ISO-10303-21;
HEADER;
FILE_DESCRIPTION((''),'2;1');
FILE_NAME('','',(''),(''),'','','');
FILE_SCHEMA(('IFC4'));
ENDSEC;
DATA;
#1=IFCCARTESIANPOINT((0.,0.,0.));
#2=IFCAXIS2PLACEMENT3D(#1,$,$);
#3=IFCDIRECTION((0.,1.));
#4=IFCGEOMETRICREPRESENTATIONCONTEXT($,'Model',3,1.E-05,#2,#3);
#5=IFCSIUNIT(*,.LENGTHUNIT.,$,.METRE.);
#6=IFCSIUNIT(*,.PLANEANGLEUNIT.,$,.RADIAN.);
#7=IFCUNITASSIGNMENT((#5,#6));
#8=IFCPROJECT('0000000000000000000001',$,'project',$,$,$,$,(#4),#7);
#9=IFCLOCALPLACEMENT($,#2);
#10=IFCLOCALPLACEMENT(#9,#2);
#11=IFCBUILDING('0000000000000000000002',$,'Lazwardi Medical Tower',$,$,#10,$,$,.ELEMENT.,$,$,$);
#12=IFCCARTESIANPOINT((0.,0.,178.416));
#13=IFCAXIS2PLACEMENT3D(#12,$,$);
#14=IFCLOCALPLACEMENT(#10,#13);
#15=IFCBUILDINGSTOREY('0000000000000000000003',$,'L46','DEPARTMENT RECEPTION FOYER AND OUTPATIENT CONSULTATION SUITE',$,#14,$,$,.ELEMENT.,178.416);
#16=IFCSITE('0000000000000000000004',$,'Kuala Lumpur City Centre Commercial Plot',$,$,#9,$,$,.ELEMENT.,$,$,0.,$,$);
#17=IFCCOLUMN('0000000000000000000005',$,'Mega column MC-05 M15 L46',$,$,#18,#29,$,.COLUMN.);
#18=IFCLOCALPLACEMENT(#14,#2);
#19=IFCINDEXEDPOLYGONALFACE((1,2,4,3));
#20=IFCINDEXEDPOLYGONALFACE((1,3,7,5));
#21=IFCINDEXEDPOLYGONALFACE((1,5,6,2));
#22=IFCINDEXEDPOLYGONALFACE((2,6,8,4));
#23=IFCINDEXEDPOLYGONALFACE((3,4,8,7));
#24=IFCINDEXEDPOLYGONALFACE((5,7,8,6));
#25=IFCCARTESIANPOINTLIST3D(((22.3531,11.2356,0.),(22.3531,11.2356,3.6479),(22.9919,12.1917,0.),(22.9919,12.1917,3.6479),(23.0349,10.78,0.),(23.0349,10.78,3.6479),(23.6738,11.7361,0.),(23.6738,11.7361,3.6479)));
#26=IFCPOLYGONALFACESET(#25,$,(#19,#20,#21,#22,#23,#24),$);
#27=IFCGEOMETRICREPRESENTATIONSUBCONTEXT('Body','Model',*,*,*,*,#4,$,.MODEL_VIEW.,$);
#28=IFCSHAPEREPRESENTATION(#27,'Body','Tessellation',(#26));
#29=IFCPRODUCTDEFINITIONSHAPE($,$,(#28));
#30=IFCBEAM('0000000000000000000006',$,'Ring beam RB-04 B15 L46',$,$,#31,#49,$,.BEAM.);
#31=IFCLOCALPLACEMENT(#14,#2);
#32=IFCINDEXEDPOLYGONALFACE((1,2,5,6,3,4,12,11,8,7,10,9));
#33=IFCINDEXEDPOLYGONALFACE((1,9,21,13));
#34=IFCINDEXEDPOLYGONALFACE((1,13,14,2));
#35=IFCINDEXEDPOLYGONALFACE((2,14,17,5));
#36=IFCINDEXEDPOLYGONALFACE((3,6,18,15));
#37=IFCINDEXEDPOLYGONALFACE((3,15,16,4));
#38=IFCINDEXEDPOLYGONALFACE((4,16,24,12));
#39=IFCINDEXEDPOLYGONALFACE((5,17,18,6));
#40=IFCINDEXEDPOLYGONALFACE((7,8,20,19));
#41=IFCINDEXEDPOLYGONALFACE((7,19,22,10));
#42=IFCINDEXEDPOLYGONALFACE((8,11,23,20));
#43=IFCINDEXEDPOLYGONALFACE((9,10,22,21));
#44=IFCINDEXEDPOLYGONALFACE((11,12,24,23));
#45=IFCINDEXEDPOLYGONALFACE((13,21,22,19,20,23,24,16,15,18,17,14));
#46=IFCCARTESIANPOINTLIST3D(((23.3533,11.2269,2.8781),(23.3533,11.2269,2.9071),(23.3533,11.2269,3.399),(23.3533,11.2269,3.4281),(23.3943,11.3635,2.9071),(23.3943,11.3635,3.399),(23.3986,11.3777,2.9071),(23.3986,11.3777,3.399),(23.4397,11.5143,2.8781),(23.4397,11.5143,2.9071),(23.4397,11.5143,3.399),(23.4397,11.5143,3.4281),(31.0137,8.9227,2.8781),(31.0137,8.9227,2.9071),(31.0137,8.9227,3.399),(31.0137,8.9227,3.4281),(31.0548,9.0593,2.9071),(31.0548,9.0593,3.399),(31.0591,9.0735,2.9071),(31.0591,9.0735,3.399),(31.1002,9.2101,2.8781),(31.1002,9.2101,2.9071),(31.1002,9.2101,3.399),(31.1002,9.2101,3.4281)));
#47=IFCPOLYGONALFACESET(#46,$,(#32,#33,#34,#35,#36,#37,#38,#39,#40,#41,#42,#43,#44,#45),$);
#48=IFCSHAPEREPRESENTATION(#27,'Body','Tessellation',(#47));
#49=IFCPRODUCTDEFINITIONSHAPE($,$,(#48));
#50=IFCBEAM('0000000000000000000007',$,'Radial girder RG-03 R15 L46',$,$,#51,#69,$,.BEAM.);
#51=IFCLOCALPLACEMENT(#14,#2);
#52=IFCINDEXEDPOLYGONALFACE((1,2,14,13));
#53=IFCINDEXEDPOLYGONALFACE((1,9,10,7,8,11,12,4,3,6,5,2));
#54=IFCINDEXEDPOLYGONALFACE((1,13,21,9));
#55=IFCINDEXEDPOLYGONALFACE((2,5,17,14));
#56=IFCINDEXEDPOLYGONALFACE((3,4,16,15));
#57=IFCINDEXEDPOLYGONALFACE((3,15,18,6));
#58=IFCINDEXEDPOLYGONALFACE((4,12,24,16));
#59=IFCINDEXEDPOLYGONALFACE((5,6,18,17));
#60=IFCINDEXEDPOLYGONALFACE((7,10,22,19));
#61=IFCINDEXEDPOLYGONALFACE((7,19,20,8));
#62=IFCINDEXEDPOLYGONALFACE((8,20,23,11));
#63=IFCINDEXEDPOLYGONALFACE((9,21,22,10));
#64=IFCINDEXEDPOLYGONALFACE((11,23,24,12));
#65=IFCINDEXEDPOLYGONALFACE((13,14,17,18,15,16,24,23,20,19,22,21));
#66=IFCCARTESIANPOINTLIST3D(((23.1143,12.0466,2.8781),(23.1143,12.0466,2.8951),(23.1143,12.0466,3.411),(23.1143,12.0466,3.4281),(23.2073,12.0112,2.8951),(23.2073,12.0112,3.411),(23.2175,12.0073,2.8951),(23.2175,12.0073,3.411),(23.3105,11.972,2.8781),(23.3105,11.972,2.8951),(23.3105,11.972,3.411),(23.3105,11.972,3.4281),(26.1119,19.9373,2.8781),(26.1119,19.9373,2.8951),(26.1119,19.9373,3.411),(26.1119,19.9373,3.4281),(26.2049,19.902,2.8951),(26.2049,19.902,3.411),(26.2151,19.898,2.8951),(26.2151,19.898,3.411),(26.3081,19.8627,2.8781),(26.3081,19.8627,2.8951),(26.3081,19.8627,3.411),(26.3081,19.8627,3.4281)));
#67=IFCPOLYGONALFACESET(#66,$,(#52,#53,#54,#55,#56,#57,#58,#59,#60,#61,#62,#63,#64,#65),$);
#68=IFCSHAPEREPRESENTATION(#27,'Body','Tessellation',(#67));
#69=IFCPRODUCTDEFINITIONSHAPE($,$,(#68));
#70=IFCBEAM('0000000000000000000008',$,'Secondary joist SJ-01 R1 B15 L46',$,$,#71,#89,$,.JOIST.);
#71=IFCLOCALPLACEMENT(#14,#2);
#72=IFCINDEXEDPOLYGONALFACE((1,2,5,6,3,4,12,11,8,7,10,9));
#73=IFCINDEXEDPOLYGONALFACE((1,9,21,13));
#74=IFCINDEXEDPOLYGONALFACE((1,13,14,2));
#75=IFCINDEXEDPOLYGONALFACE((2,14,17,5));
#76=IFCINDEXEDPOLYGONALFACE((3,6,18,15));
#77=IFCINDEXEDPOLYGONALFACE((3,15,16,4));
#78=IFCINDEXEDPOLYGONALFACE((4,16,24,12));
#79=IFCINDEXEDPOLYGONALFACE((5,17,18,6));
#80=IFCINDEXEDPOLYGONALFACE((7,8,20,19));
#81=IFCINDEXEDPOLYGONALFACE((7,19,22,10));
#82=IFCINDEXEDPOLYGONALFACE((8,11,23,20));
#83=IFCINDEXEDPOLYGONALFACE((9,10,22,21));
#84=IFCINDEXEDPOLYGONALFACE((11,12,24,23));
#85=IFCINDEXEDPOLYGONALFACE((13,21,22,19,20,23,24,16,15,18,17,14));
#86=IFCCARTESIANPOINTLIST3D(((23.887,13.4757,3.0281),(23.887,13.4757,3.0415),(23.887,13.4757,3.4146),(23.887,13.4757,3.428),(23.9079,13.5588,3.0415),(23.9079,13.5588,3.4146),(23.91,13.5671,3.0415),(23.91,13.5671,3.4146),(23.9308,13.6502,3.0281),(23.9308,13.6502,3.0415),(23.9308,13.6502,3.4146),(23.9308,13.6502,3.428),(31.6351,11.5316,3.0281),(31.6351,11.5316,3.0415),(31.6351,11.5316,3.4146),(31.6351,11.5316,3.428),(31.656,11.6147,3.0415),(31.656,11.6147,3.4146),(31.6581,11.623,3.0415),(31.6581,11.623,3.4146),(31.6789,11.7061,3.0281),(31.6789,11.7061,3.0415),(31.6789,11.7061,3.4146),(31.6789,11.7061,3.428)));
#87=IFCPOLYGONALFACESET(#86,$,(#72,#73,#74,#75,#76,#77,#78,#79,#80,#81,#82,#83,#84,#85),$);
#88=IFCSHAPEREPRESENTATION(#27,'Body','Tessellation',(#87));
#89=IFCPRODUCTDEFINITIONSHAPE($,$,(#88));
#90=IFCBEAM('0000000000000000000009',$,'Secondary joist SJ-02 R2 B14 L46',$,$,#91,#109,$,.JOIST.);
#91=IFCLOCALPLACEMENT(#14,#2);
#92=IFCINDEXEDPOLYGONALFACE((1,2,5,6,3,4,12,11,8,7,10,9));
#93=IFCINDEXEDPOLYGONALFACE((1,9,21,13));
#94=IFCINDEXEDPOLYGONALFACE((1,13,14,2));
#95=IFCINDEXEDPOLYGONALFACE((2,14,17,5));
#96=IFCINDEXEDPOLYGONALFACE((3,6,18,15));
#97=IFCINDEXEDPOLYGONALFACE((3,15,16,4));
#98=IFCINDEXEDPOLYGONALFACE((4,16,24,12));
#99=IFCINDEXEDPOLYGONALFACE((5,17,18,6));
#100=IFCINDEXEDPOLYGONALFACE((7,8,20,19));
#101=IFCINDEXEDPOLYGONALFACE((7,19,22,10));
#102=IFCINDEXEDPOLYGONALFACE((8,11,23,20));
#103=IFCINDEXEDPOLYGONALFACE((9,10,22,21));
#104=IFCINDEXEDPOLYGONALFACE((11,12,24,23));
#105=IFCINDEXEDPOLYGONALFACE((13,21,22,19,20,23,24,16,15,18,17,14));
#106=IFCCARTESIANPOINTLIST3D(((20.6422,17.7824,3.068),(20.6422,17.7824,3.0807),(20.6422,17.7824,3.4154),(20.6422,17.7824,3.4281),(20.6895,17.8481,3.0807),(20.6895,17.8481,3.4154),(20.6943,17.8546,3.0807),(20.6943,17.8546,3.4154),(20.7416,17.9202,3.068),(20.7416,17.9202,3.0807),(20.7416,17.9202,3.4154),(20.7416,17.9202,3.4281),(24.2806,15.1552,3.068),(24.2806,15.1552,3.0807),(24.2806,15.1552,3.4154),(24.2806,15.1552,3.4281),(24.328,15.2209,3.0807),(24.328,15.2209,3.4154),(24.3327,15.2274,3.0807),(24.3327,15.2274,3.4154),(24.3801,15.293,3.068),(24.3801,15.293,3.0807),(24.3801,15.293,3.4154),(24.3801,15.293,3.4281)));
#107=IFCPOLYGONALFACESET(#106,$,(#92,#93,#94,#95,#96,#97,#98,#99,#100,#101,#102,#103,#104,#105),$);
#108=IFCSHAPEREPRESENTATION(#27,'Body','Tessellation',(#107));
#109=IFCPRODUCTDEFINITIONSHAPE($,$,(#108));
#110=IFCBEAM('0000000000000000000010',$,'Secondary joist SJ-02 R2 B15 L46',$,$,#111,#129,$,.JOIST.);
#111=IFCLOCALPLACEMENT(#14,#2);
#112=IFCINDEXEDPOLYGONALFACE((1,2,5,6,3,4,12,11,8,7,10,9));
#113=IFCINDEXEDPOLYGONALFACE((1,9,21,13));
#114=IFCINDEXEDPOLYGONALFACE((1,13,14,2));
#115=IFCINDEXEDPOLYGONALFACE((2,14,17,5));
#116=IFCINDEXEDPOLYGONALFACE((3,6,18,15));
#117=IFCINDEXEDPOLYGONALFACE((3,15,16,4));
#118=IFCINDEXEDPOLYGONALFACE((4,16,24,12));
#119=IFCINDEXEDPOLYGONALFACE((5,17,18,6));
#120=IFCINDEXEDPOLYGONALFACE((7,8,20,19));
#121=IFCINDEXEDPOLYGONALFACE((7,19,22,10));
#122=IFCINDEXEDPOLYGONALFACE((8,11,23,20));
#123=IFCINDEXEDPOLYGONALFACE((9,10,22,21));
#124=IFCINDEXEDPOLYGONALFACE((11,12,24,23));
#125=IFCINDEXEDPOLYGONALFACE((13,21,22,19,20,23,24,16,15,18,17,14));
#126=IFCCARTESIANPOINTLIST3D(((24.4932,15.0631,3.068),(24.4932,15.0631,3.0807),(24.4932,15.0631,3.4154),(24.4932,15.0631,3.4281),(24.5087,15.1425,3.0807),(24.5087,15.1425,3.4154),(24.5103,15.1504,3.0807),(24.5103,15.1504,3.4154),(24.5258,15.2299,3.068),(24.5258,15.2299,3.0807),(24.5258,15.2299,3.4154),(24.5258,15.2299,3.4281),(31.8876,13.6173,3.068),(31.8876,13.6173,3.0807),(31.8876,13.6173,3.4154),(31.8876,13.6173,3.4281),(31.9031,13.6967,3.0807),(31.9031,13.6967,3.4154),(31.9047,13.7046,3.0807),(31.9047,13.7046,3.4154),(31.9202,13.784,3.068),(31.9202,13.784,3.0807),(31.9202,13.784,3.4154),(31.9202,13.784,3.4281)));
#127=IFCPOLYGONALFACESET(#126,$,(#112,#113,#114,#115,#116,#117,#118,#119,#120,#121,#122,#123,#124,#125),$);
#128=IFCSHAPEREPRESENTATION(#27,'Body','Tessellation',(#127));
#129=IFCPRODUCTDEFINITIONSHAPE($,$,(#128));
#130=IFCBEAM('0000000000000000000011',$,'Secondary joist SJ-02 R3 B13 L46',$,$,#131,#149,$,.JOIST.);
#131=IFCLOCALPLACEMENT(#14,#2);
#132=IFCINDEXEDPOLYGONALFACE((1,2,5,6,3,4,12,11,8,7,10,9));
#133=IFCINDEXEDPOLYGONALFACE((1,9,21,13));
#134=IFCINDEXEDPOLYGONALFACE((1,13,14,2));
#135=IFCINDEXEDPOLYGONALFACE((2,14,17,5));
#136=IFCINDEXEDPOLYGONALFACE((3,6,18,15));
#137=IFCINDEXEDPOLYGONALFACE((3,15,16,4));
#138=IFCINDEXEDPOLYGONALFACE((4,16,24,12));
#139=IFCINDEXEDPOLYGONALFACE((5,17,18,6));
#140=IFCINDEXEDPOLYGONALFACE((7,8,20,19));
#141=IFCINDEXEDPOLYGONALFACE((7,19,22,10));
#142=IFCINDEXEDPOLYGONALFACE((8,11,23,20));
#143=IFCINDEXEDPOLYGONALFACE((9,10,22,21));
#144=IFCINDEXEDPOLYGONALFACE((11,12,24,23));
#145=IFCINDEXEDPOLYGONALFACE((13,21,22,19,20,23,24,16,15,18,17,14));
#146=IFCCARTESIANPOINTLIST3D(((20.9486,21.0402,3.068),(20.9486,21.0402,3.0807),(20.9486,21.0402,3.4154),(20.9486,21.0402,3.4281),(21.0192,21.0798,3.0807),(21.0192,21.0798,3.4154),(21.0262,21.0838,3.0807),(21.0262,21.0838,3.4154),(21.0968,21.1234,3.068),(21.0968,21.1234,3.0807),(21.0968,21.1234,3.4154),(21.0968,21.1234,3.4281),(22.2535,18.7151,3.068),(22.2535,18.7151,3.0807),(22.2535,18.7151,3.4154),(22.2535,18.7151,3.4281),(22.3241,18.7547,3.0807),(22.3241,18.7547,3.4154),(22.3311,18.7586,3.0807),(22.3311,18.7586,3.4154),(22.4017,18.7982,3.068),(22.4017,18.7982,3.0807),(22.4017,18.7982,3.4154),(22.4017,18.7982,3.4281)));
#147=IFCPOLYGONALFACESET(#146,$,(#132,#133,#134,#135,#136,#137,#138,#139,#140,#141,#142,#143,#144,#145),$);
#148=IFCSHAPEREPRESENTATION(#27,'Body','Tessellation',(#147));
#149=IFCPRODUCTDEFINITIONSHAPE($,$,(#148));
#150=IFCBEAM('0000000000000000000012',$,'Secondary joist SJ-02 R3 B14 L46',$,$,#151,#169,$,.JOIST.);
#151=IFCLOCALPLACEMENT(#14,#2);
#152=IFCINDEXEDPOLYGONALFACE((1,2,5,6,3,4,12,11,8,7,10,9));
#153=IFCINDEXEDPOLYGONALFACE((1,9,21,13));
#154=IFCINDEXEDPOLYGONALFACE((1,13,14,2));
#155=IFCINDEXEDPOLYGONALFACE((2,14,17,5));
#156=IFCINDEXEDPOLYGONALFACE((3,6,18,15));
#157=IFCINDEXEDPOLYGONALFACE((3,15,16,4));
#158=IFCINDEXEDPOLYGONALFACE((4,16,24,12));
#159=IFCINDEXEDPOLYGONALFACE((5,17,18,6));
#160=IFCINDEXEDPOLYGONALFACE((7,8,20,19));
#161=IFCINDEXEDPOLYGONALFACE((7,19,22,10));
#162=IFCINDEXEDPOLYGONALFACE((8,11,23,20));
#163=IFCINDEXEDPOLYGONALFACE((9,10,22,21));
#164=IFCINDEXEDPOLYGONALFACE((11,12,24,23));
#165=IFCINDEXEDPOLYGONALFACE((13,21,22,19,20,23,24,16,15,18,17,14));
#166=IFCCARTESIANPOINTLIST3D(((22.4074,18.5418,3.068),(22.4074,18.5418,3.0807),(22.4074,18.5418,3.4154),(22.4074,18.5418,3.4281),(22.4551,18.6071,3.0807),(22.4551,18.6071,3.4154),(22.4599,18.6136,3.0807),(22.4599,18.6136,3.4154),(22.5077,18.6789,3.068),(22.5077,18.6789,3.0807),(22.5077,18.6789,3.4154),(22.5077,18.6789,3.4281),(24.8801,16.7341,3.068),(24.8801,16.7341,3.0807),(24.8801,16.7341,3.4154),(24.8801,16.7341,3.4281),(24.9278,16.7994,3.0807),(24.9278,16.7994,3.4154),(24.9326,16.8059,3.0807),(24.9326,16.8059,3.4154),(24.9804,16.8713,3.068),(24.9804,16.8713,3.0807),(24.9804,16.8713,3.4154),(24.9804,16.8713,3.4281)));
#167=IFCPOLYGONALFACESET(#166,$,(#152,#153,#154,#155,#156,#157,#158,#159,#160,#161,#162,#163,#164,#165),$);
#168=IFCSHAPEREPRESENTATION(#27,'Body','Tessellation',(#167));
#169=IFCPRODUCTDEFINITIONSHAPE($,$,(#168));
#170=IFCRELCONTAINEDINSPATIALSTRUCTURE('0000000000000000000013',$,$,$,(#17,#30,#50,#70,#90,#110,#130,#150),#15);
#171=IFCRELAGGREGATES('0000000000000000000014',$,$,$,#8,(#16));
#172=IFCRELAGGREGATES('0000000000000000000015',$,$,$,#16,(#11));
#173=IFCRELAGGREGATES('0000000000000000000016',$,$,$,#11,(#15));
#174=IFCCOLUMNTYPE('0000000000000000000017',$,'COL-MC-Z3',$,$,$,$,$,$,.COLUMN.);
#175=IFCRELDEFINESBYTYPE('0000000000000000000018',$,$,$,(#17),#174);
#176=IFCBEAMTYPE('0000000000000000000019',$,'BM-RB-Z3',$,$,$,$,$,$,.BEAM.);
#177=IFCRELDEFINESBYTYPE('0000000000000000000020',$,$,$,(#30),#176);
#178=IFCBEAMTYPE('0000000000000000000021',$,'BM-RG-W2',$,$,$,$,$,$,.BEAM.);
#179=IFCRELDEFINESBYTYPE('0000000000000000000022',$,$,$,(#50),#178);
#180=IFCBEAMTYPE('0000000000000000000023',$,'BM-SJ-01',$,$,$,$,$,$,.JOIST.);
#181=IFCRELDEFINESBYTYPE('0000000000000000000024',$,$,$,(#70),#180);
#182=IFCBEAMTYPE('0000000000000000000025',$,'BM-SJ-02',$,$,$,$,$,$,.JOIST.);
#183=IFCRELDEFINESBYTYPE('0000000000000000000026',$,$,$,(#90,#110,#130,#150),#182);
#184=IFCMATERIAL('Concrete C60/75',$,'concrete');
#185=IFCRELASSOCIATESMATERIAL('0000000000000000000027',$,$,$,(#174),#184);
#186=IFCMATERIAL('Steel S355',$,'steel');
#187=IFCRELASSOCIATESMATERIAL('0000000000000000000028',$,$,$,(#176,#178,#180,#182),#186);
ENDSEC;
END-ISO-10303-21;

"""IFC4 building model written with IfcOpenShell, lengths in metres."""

from ifc_helpers import new_model, si_unit, direction, frame, origin, origin_2d, place, context, subcontext, project, spatial, rectangle, i_section, extrude, material, material_profile, profile_set, type_object, element, save


model = new_model("IFC4")

# Units and contexts
model_context = context("Model", 3, precision=1e-05, world=origin(), true_north=direction((0.0, 1.0)))
body_context = subcontext(model_context, "Body", "Model", "MODEL_VIEW")
ifc_project = project(units=[si_unit("LENGTHUNIT", "METRE"), si_unit("PLANEANGLEUNIT", "RADIAN")], contexts=[model_context])

# Site, building, storey
site_placement = place(None, origin())
site = spatial("IfcSite", under=ifc_project, at=site_placement, Name="Kuala Lumpur City Centre Commercial Plot", CompositionType="ELEMENT", RefElevation=0.0)
building_placement = place(site_placement, origin())
building = spatial("IfcBuilding", under=site, at=building_placement, Name="Lazwardi Medical Tower", CompositionType="ELEMENT")
storey_placement = place(building_placement, frame((0.0, 0.0, 178.416)))
storey = spatial("IfcBuildingStorey", under=building, at=storey_placement, Name="L46", Description="DEPARTMENT RECEPTION FOYER AND OUTPATIENT CONSULTATION SUITE", CompositionType="ELEMENT", Elevation=178.416)

# Column
ifc_material_1 = material(Name="Concrete C60/75", Category="concrete")
ifc_material_profile_1 = material_profile(ifc_material_1, rectangle(XDim=1.1499, YDim=0.8201, at=origin_2d()), Name="CFT-RECT 1150x820")
ifc_profile_set_1 = profile_set([ifc_material_profile_1], Name="Concrete C60/75")
column_type = type_object("IfcColumnType", Name="COL-MC-Z3", PredefinedType="COLUMN", material=ifc_profile_set_1)
column_placement = place(storey_placement, frame((23.0134, 11.4858, 0.0), z_axis=(0.0, 0.0, 1.0), x_axis=(-0.55557, -0.83147, 0.0)))
element("IfcColumn", 1, at=column_placement, inside=storey, type_object=column_type, Name="Mega column MC-05 M15 L46", PredefinedType="COLUMN", context=body_context, shape_type="SweptSolid", body=[
    extrude(rectangle(XDim=1.1499, YDim=0.8201, at=origin_2d()), origin(), (0.0, 0.0, 1.0), 3.6479),
])

# Beams
ifc_material_2 = material(Name="Steel S355", Category="steel")
ifc_material_profile_2 = material_profile(ifc_material_2, i_section(OverallWidth=0.3, OverallDepth=0.55, WebThickness=0.0149, FlangeThickness=0.0291, at=origin_2d()), Name="HEB 550")
ifc_profile_set_2 = profile_set([ifc_material_profile_2], Name="Steel S355")
beam_type_1 = type_object("IfcBeamType", Name="BM-RB-Z3", PredefinedType="BEAM", material=ifc_profile_set_2)
beam_1_placement = place(storey_placement, frame((23.3965, 11.3706, 3.1531), z_axis=(0.957617, -0.288045, 0.0), x_axis=(0.288045, 0.957617, 0.0)))
element("IfcBeam", 2, at=beam_1_placement, inside=storey, type_object=beam_type_1, Name="Ring beam RB-04 B15 L46", PredefinedType="BEAM", context=body_context, shape_type="SweptSolid", body=[
    extrude(i_section(OverallWidth=0.3, OverallDepth=0.55, WebThickness=0.0149, FlangeThickness=0.0291, at=origin_2d()), origin(), (0.0, 0.0, 1.0), 7.9995),
])
ifc_material_profile_3 = material_profile(ifc_material_2, i_section(OverallWidth=0.21, OverallDepth=0.55, WebThickness=0.011, FlangeThickness=0.0171, at=origin_2d()), Name="IPE 550")
ifc_profile_set_3 = profile_set([ifc_material_profile_3], Name="Steel S355")
beam_type_2 = type_object("IfcBeamType", Name="BM-RG-W2", PredefinedType="BEAM", material=ifc_profile_set_3)
beam_2_placement = place(storey_placement, frame((23.2124, 12.0093, 3.1531), z_axis=(0.355127, 0.934818, 0.0), x_axis=(-0.934818, 0.355127, 0.0)))
element("IfcBeam", 3, at=beam_2_placement, inside=storey, type_object=beam_type_2, Name="Radial girder RG-03 R15 L46", PredefinedType="BEAM", context=body_context, shape_type="SweptSolid", body=[
    extrude(i_section(OverallWidth=0.21, OverallDepth=0.55, WebThickness=0.011, FlangeThickness=0.0171, at=origin_2d()), origin(), (0.0, 0.0, 1.0), 8.4409),
])
ifc_material_profile_4 = material_profile(ifc_material_2, i_section(OverallWidth=0.1799, OverallDepth=0.3999, WebThickness=0.0085, FlangeThickness=0.0134, at=origin_2d()), Name="IPE 400")
ifc_profile_set_4 = profile_set([ifc_material_profile_4], Name="Steel S355")
beam_type_3 = type_object("IfcBeamType", Name="BM-SJ-01", PredefinedType="JOIST", material=ifc_profile_set_4)
beam_3_placement = place(storey_placement, frame((23.9089, 13.563, 3.228), z_axis=(0.969934, -0.24337, 0.0), x_axis=(0.24337, 0.969934, 0.0)))
element("IfcBeam", 4, at=beam_3_placement, inside=storey, type_object=beam_type_3, Name="Secondary joist SJ-01 R1 B15 L46", PredefinedType="JOIST", context=body_context, shape_type="SweptSolid", body=[
    extrude(i_section(OverallWidth=0.1799, OverallDepth=0.3999, WebThickness=0.0085, FlangeThickness=0.0134, at=origin_2d()), origin(), (0.0, 0.0, 1.0), 7.9883),
])
ifc_material_profile_5 = material_profile(ifc_material_2, i_section(OverallWidth=0.1699, OverallDepth=0.3601, WebThickness=0.0081, FlangeThickness=0.0127, at=origin_2d()), Name="IPE 360")
ifc_profile_set_5 = profile_set([ifc_material_profile_5], Name="Steel S355")
beam_type_4 = type_object("IfcBeamType", Name="BM-SJ-02", PredefinedType="JOIST", material=ifc_profile_set_5)
beam_4_placement = place(storey_placement, frame((20.6919, 17.8513, 3.248), z_axis=(0.810738, -0.585409, 0.0), x_axis=(0.585409, 0.810738, 0.0)))
element("IfcBeam", 5, at=beam_4_placement, inside=storey, type_object=beam_type_4, Name="Secondary joist SJ-02 R2 B14 L46", PredefinedType="JOIST", context=body_context, shape_type="SweptSolid", body=[
    extrude(i_section(OverallWidth=0.1699, OverallDepth=0.3601, WebThickness=0.0081, FlangeThickness=0.0127, at=origin_2d()), origin(), (0.0, 0.0, 1.0), 4.4878),
])
beam_5_placement = place(storey_placement, frame((24.5095, 15.1465, 3.248), z_axis=(0.981415, -0.191896, 0.0), x_axis=(0.191896, 0.981415, 0.0)))
element("IfcBeam", 6, at=beam_5_placement, inside=storey, type_object=beam_type_4, Name="Secondary joist SJ-02 R2 B15 L46", PredefinedType="JOIST", context=body_context, shape_type="SweptSolid", body=[
    extrude(i_section(OverallWidth=0.1699, OverallDepth=0.3601, WebThickness=0.0081, FlangeThickness=0.0127, at=origin_2d()), origin(), (0.0, 0.0, 1.0), 7.5344),
])
beam_6_placement = place(storey_placement, frame((21.0227, 21.0818, 3.248), z_axis=(0.489409, -0.872054, 0.0), x_axis=(0.872054, 0.489409, 0.0)))
element("IfcBeam", 7, at=beam_6_placement, inside=storey, type_object=beam_type_4, Name="Secondary joist SJ-02 R3 B13 L46", PredefinedType="JOIST", context=body_context, shape_type="SweptSolid", body=[
    extrude(i_section(OverallWidth=0.1699, OverallDepth=0.3601, WebThickness=0.0081, FlangeThickness=0.0127, at=origin_2d()), origin(), (0.0, 0.0, 1.0), 2.6663),
])
beam_7_placement = place(storey_placement, frame((22.4575, 18.6104, 3.248), z_axis=(0.807286, -0.59016, 0.0), x_axis=(0.59016, 0.807286, 0.0)))
element("IfcBeam", 8, at=beam_7_placement, inside=storey, type_object=beam_type_4, Name="Secondary joist SJ-02 R3 B14 L46", PredefinedType="JOIST", context=body_context, shape_type="SweptSolid", body=[
    extrude(i_section(OverallWidth=0.1699, OverallDepth=0.3601, WebThickness=0.0081, FlangeThickness=0.0127, at=origin_2d()), origin(), (0.0, 0.0, 1.0), 3.063),
])

save(model, "model.ifc")
